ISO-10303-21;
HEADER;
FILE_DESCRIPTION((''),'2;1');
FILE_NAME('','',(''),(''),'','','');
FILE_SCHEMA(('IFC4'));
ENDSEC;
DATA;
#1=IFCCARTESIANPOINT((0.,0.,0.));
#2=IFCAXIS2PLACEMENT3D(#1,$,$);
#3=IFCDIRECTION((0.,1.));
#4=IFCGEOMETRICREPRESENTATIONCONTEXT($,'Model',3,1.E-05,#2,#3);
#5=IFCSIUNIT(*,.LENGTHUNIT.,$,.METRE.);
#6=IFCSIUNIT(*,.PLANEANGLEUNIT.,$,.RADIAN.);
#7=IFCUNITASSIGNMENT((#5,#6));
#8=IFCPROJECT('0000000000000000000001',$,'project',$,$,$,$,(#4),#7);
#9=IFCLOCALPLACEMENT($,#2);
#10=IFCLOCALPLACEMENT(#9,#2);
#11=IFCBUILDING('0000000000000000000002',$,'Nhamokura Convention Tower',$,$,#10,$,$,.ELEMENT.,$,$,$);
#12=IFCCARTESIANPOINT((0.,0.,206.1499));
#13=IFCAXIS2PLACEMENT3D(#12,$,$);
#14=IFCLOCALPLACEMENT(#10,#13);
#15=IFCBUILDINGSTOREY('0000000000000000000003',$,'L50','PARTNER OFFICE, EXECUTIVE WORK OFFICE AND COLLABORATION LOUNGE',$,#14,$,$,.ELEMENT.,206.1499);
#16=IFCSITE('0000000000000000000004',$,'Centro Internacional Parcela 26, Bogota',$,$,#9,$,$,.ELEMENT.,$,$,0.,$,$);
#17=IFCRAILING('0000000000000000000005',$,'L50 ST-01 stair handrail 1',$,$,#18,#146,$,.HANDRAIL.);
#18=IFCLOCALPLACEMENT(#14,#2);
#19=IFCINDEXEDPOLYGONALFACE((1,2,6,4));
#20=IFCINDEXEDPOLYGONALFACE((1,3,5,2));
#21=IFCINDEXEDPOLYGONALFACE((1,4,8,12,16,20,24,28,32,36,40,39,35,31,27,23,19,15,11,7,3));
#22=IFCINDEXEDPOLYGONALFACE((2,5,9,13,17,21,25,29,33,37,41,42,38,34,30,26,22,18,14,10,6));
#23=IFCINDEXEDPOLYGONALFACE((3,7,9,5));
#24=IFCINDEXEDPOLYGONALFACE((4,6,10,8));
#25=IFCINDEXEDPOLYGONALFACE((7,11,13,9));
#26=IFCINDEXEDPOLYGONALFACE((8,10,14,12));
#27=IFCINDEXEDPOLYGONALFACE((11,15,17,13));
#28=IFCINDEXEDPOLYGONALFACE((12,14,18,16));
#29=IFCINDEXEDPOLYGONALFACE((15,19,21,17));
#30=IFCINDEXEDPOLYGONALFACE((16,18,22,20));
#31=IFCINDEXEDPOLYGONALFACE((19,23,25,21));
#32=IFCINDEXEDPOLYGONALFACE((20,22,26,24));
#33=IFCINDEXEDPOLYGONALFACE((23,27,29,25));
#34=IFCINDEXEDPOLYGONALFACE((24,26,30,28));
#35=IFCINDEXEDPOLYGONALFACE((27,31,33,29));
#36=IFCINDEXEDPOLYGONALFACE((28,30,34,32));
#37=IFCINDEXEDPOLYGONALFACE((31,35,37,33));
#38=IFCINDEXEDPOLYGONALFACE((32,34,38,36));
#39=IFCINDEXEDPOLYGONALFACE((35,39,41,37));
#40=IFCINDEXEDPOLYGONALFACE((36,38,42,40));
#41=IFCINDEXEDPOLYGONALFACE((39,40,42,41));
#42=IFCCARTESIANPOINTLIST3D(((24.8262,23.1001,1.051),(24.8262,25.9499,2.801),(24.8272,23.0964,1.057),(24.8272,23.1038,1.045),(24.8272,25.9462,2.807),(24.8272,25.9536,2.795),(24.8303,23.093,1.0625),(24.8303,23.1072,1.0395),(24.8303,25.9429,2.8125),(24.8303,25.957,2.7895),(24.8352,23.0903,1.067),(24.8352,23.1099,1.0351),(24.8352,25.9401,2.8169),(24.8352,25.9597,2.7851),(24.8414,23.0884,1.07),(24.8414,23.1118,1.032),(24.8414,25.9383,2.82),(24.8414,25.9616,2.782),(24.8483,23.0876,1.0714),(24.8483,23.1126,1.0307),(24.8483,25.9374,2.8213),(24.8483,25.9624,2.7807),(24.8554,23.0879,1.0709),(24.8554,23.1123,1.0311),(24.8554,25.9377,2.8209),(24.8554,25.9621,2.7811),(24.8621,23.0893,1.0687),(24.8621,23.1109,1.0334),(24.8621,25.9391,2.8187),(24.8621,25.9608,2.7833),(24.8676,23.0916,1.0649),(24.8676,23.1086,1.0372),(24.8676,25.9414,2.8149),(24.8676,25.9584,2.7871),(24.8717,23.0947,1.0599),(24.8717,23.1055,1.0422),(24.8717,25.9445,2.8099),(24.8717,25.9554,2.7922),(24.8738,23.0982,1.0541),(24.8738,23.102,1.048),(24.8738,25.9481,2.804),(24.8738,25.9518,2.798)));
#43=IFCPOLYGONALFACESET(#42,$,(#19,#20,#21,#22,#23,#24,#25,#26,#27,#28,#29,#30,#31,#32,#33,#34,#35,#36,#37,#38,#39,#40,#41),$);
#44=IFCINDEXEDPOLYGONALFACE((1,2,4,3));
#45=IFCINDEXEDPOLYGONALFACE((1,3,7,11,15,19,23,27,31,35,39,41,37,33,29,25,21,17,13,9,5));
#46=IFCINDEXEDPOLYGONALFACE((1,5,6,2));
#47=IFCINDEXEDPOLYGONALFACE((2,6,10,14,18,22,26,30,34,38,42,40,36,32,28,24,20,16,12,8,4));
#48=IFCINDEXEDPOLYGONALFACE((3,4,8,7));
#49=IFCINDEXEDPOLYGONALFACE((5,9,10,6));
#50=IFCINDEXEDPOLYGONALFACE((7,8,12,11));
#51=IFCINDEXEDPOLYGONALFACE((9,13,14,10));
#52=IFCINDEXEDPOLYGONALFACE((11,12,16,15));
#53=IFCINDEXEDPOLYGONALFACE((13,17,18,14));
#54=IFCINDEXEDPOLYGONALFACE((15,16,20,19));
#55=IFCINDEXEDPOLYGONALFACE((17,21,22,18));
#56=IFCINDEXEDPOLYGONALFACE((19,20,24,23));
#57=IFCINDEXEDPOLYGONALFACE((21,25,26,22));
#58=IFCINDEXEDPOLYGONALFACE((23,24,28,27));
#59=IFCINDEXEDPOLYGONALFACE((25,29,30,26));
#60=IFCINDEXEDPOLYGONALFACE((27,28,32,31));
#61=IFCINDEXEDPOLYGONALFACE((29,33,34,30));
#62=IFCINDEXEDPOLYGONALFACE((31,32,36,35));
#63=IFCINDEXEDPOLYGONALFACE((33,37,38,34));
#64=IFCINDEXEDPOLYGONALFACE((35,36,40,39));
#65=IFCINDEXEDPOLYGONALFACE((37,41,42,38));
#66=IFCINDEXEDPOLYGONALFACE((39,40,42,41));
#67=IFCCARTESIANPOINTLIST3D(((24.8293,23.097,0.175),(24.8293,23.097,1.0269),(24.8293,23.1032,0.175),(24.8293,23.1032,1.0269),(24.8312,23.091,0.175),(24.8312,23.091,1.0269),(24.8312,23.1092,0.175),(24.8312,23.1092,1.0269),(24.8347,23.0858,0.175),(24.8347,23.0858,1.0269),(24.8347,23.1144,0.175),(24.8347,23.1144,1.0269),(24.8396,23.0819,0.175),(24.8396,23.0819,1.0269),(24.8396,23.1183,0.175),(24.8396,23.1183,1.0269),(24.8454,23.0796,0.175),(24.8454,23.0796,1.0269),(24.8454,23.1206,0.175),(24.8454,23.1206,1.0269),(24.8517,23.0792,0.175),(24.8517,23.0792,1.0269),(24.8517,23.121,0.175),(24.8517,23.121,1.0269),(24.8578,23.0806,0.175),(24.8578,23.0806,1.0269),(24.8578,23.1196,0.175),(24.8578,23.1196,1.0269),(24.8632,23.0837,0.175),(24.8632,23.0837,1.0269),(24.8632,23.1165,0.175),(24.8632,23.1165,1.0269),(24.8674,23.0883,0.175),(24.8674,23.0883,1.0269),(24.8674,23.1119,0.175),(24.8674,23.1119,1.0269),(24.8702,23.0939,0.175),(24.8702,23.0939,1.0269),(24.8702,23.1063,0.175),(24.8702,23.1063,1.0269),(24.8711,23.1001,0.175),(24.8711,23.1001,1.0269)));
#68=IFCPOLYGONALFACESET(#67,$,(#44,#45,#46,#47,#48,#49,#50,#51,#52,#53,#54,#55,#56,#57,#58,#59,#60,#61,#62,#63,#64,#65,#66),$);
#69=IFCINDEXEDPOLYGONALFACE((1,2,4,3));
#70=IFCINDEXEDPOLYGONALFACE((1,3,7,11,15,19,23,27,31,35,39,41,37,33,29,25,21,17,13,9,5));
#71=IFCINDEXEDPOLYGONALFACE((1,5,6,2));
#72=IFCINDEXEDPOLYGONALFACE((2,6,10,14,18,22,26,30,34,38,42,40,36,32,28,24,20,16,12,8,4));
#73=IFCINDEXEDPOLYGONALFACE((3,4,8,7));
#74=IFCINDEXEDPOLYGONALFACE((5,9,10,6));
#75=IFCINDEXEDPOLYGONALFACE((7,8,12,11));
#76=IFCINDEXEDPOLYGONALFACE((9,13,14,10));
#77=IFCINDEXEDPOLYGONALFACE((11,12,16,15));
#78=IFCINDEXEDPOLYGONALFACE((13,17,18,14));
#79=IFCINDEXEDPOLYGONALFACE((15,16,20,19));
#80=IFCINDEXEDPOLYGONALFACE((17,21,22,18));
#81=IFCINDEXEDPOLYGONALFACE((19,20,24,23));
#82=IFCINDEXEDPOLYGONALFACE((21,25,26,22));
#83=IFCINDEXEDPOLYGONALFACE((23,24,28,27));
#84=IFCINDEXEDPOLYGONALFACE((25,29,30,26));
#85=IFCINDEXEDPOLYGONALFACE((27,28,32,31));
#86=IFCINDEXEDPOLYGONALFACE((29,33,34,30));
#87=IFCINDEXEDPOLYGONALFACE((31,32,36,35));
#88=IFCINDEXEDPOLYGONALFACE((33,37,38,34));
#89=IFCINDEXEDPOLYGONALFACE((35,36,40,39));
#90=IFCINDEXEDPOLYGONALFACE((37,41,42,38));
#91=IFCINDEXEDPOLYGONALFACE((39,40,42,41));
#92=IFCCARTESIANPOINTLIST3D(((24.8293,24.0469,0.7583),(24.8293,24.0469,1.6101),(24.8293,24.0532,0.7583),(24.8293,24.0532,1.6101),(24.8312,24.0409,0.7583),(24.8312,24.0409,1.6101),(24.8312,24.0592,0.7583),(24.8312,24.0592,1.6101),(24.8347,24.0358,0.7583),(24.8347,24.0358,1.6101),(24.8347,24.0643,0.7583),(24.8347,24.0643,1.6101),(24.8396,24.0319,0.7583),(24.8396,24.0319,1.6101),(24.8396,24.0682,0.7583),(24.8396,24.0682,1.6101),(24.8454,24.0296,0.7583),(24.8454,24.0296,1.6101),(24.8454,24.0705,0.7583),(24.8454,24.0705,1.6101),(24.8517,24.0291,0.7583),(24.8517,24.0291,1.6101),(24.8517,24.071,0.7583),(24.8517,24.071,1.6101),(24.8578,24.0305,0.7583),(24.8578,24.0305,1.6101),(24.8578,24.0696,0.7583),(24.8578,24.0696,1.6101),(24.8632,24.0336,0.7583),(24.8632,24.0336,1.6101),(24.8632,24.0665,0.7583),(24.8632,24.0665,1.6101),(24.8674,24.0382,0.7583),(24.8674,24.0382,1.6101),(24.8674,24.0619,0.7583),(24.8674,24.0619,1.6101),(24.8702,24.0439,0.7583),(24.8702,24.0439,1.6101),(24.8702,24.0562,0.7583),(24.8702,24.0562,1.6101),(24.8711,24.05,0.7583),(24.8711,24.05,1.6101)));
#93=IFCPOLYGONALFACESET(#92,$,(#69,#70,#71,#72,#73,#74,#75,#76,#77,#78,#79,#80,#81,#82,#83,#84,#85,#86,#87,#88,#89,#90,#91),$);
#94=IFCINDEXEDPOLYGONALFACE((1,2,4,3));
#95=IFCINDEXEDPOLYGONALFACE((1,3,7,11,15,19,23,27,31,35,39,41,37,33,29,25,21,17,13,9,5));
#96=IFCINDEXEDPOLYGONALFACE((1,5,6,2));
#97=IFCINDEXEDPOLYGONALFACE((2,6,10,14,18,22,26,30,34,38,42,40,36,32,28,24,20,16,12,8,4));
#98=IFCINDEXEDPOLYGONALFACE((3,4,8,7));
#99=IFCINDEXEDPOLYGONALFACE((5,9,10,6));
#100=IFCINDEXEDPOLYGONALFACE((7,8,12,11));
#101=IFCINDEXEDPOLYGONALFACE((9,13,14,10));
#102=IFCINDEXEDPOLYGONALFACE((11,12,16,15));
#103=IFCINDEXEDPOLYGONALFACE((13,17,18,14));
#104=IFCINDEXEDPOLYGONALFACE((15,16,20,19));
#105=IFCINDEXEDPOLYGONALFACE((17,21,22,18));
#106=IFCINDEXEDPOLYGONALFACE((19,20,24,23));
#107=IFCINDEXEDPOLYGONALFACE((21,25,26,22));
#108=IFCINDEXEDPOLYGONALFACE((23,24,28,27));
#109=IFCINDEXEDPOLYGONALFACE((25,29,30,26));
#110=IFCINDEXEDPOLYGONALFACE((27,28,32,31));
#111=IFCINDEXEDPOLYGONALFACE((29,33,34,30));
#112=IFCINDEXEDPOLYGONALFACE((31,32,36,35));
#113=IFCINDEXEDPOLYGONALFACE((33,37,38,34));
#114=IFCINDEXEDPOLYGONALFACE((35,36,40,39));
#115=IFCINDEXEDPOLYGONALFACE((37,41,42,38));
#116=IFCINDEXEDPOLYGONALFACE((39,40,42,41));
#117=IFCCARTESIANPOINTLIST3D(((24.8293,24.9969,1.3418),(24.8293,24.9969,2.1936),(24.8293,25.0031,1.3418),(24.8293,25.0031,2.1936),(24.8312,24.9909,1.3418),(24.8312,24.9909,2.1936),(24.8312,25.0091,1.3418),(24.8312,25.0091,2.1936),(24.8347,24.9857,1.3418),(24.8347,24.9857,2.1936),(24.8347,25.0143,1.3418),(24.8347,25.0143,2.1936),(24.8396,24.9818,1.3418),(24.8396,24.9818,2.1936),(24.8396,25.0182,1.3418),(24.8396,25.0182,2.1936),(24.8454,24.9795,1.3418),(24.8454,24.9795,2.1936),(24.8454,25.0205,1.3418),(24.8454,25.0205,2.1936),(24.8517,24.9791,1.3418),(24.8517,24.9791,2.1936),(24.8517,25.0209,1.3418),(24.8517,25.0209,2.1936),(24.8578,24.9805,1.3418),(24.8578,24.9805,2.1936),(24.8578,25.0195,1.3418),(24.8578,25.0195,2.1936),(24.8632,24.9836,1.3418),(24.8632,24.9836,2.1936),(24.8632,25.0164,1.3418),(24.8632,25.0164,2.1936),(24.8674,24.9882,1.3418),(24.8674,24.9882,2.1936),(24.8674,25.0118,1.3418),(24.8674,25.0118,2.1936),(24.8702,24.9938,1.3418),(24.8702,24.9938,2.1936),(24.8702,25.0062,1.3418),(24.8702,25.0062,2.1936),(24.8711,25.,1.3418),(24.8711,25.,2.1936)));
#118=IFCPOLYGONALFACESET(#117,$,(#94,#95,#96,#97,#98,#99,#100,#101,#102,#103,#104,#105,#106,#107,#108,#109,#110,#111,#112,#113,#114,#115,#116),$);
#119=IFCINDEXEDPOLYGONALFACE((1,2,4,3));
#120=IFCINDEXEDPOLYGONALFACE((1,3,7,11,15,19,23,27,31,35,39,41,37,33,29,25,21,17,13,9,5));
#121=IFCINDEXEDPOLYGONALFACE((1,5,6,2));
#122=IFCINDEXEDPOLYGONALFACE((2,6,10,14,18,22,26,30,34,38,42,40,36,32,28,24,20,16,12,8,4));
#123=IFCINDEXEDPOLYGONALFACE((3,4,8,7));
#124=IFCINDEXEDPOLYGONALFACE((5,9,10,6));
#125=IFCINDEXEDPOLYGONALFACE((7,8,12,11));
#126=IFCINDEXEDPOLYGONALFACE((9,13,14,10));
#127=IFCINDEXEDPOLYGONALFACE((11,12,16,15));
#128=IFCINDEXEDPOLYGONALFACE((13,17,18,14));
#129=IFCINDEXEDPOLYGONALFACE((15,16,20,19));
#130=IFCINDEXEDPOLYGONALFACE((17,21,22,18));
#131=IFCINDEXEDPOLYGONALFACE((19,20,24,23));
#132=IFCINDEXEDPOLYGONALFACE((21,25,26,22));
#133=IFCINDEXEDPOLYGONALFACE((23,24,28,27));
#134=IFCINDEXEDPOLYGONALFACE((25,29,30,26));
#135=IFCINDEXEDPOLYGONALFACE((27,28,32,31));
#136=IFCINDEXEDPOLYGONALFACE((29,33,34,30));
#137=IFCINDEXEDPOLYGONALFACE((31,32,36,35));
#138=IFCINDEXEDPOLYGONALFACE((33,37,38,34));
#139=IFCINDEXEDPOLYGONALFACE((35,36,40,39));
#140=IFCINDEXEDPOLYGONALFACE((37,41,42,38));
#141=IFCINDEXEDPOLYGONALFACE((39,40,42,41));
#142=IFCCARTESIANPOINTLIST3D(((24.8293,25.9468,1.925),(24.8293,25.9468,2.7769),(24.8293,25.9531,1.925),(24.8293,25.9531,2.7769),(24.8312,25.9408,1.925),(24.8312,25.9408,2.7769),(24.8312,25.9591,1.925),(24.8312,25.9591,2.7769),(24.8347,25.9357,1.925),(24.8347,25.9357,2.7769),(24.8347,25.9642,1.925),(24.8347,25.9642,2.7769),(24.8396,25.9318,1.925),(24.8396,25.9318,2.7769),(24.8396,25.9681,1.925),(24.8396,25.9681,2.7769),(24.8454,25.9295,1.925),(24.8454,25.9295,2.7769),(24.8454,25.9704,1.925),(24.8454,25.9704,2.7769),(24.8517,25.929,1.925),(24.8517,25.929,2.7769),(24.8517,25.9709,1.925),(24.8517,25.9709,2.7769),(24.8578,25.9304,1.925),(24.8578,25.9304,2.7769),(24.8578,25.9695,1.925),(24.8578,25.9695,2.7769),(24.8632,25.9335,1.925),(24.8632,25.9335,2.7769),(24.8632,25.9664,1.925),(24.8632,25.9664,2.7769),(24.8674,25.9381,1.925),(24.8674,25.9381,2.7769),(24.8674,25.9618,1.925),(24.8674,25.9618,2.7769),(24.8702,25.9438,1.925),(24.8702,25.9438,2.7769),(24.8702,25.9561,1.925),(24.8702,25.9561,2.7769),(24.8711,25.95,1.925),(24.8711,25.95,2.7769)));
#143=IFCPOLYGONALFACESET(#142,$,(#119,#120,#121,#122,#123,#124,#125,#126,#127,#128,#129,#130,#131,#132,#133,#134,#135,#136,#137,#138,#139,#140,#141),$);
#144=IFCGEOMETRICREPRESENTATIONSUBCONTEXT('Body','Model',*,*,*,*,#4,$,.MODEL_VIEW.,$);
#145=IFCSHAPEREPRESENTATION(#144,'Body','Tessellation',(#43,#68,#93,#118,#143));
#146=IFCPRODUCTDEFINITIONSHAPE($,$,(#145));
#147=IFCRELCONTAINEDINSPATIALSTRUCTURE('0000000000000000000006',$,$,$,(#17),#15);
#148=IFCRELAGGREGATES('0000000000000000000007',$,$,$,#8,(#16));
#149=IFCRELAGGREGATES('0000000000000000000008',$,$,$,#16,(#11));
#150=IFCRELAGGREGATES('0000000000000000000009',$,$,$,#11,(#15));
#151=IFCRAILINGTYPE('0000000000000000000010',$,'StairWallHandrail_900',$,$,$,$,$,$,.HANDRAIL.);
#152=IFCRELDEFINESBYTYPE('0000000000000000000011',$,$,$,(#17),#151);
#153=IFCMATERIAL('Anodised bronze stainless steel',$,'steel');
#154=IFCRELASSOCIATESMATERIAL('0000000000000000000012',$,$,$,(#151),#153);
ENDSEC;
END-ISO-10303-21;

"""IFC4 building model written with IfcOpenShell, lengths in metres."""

from ifc_helpers import new_model, si_unit, direction, frame, origin, origin_2d, place, context, subcontext, project, spatial, circle, extrude, material, type_object, element, save


model = new_model("IFC4")

# Units and contexts
model_context = context("Model", 3, precision=1e-05, world=origin(), true_north=direction((0.0, 1.0)))
body_context = subcontext(model_context, "Body", "Model", "MODEL_VIEW")
ifc_project = project(units=[si_unit("LENGTHUNIT", "METRE"), si_unit("PLANEANGLEUNIT", "RADIAN")], contexts=[model_context])

# Site, building, storey
site_placement = place(None, origin())
site = spatial("IfcSite", under=ifc_project, at=site_placement, Name="Centro Internacional Parcela 26, Bogota", CompositionType="ELEMENT", RefElevation=0.0)
building_placement = place(site_placement, origin())
building = spatial("IfcBuilding", under=site, at=building_placement, Name="Nhamokura Convention Tower", CompositionType="ELEMENT")
storey_placement = place(building_placement, frame((0.0, 0.0, 206.1499)))
storey = spatial("IfcBuildingStorey", under=building, at=storey_placement, Name="L50", Description="PARTNER OFFICE, EXECUTIVE WORK OFFICE AND COLLABORATION LOUNGE", CompositionType="ELEMENT", Elevation=206.1499)

# Railing
ifc_material_1 = material(Name="Anodised bronze stainless steel", Category="steel")
railing_type_1 = type_object("IfcRailingType", Name="StairWallHandrail_900", PredefinedType="HANDRAIL", material=ifc_material_1)
railing_1_placement = place(storey_placement, frame((24.8501, 23.1001, 0.175)))
element("IfcRailing", 1, at=railing_1_placement, inside=storey, type_object=railing_type_1, Name="L50 ST-01 stair handrail 1", PredefinedType="HANDRAIL", context=body_context, shape_type="SweptSolid", body=[
    extrude(circle(Radius=0.0239, at=origin_2d()), frame((0.0, 0.0, 0.876), z_axis=(0.0, 0.852159, 0.523283), x_axis=(-1.0, 0.0, 0.0)), (0.0, 0.0, 1.0), 3.3442),
    extrude(circle(Radius=0.021, at=origin_2d()), origin(), (0.0, 0.0, 1.0), 0.8518),
    extrude(circle(Radius=0.021, at=origin_2d()), frame((0.0, 0.95, 0.5833)), (0.0, 0.0, 1.0), 0.8518),
    extrude(circle(Radius=0.021, at=origin_2d()), frame((0.0, 1.8999, 1.1667)), (0.0, 0.0, 1.0), 0.8518),
    extrude(circle(Radius=0.021, at=origin_2d()), frame((0.0, 2.8499, 1.75)), (0.0, 0.0, 1.0), 0.8518),
])

save(model, "model.ifc")
